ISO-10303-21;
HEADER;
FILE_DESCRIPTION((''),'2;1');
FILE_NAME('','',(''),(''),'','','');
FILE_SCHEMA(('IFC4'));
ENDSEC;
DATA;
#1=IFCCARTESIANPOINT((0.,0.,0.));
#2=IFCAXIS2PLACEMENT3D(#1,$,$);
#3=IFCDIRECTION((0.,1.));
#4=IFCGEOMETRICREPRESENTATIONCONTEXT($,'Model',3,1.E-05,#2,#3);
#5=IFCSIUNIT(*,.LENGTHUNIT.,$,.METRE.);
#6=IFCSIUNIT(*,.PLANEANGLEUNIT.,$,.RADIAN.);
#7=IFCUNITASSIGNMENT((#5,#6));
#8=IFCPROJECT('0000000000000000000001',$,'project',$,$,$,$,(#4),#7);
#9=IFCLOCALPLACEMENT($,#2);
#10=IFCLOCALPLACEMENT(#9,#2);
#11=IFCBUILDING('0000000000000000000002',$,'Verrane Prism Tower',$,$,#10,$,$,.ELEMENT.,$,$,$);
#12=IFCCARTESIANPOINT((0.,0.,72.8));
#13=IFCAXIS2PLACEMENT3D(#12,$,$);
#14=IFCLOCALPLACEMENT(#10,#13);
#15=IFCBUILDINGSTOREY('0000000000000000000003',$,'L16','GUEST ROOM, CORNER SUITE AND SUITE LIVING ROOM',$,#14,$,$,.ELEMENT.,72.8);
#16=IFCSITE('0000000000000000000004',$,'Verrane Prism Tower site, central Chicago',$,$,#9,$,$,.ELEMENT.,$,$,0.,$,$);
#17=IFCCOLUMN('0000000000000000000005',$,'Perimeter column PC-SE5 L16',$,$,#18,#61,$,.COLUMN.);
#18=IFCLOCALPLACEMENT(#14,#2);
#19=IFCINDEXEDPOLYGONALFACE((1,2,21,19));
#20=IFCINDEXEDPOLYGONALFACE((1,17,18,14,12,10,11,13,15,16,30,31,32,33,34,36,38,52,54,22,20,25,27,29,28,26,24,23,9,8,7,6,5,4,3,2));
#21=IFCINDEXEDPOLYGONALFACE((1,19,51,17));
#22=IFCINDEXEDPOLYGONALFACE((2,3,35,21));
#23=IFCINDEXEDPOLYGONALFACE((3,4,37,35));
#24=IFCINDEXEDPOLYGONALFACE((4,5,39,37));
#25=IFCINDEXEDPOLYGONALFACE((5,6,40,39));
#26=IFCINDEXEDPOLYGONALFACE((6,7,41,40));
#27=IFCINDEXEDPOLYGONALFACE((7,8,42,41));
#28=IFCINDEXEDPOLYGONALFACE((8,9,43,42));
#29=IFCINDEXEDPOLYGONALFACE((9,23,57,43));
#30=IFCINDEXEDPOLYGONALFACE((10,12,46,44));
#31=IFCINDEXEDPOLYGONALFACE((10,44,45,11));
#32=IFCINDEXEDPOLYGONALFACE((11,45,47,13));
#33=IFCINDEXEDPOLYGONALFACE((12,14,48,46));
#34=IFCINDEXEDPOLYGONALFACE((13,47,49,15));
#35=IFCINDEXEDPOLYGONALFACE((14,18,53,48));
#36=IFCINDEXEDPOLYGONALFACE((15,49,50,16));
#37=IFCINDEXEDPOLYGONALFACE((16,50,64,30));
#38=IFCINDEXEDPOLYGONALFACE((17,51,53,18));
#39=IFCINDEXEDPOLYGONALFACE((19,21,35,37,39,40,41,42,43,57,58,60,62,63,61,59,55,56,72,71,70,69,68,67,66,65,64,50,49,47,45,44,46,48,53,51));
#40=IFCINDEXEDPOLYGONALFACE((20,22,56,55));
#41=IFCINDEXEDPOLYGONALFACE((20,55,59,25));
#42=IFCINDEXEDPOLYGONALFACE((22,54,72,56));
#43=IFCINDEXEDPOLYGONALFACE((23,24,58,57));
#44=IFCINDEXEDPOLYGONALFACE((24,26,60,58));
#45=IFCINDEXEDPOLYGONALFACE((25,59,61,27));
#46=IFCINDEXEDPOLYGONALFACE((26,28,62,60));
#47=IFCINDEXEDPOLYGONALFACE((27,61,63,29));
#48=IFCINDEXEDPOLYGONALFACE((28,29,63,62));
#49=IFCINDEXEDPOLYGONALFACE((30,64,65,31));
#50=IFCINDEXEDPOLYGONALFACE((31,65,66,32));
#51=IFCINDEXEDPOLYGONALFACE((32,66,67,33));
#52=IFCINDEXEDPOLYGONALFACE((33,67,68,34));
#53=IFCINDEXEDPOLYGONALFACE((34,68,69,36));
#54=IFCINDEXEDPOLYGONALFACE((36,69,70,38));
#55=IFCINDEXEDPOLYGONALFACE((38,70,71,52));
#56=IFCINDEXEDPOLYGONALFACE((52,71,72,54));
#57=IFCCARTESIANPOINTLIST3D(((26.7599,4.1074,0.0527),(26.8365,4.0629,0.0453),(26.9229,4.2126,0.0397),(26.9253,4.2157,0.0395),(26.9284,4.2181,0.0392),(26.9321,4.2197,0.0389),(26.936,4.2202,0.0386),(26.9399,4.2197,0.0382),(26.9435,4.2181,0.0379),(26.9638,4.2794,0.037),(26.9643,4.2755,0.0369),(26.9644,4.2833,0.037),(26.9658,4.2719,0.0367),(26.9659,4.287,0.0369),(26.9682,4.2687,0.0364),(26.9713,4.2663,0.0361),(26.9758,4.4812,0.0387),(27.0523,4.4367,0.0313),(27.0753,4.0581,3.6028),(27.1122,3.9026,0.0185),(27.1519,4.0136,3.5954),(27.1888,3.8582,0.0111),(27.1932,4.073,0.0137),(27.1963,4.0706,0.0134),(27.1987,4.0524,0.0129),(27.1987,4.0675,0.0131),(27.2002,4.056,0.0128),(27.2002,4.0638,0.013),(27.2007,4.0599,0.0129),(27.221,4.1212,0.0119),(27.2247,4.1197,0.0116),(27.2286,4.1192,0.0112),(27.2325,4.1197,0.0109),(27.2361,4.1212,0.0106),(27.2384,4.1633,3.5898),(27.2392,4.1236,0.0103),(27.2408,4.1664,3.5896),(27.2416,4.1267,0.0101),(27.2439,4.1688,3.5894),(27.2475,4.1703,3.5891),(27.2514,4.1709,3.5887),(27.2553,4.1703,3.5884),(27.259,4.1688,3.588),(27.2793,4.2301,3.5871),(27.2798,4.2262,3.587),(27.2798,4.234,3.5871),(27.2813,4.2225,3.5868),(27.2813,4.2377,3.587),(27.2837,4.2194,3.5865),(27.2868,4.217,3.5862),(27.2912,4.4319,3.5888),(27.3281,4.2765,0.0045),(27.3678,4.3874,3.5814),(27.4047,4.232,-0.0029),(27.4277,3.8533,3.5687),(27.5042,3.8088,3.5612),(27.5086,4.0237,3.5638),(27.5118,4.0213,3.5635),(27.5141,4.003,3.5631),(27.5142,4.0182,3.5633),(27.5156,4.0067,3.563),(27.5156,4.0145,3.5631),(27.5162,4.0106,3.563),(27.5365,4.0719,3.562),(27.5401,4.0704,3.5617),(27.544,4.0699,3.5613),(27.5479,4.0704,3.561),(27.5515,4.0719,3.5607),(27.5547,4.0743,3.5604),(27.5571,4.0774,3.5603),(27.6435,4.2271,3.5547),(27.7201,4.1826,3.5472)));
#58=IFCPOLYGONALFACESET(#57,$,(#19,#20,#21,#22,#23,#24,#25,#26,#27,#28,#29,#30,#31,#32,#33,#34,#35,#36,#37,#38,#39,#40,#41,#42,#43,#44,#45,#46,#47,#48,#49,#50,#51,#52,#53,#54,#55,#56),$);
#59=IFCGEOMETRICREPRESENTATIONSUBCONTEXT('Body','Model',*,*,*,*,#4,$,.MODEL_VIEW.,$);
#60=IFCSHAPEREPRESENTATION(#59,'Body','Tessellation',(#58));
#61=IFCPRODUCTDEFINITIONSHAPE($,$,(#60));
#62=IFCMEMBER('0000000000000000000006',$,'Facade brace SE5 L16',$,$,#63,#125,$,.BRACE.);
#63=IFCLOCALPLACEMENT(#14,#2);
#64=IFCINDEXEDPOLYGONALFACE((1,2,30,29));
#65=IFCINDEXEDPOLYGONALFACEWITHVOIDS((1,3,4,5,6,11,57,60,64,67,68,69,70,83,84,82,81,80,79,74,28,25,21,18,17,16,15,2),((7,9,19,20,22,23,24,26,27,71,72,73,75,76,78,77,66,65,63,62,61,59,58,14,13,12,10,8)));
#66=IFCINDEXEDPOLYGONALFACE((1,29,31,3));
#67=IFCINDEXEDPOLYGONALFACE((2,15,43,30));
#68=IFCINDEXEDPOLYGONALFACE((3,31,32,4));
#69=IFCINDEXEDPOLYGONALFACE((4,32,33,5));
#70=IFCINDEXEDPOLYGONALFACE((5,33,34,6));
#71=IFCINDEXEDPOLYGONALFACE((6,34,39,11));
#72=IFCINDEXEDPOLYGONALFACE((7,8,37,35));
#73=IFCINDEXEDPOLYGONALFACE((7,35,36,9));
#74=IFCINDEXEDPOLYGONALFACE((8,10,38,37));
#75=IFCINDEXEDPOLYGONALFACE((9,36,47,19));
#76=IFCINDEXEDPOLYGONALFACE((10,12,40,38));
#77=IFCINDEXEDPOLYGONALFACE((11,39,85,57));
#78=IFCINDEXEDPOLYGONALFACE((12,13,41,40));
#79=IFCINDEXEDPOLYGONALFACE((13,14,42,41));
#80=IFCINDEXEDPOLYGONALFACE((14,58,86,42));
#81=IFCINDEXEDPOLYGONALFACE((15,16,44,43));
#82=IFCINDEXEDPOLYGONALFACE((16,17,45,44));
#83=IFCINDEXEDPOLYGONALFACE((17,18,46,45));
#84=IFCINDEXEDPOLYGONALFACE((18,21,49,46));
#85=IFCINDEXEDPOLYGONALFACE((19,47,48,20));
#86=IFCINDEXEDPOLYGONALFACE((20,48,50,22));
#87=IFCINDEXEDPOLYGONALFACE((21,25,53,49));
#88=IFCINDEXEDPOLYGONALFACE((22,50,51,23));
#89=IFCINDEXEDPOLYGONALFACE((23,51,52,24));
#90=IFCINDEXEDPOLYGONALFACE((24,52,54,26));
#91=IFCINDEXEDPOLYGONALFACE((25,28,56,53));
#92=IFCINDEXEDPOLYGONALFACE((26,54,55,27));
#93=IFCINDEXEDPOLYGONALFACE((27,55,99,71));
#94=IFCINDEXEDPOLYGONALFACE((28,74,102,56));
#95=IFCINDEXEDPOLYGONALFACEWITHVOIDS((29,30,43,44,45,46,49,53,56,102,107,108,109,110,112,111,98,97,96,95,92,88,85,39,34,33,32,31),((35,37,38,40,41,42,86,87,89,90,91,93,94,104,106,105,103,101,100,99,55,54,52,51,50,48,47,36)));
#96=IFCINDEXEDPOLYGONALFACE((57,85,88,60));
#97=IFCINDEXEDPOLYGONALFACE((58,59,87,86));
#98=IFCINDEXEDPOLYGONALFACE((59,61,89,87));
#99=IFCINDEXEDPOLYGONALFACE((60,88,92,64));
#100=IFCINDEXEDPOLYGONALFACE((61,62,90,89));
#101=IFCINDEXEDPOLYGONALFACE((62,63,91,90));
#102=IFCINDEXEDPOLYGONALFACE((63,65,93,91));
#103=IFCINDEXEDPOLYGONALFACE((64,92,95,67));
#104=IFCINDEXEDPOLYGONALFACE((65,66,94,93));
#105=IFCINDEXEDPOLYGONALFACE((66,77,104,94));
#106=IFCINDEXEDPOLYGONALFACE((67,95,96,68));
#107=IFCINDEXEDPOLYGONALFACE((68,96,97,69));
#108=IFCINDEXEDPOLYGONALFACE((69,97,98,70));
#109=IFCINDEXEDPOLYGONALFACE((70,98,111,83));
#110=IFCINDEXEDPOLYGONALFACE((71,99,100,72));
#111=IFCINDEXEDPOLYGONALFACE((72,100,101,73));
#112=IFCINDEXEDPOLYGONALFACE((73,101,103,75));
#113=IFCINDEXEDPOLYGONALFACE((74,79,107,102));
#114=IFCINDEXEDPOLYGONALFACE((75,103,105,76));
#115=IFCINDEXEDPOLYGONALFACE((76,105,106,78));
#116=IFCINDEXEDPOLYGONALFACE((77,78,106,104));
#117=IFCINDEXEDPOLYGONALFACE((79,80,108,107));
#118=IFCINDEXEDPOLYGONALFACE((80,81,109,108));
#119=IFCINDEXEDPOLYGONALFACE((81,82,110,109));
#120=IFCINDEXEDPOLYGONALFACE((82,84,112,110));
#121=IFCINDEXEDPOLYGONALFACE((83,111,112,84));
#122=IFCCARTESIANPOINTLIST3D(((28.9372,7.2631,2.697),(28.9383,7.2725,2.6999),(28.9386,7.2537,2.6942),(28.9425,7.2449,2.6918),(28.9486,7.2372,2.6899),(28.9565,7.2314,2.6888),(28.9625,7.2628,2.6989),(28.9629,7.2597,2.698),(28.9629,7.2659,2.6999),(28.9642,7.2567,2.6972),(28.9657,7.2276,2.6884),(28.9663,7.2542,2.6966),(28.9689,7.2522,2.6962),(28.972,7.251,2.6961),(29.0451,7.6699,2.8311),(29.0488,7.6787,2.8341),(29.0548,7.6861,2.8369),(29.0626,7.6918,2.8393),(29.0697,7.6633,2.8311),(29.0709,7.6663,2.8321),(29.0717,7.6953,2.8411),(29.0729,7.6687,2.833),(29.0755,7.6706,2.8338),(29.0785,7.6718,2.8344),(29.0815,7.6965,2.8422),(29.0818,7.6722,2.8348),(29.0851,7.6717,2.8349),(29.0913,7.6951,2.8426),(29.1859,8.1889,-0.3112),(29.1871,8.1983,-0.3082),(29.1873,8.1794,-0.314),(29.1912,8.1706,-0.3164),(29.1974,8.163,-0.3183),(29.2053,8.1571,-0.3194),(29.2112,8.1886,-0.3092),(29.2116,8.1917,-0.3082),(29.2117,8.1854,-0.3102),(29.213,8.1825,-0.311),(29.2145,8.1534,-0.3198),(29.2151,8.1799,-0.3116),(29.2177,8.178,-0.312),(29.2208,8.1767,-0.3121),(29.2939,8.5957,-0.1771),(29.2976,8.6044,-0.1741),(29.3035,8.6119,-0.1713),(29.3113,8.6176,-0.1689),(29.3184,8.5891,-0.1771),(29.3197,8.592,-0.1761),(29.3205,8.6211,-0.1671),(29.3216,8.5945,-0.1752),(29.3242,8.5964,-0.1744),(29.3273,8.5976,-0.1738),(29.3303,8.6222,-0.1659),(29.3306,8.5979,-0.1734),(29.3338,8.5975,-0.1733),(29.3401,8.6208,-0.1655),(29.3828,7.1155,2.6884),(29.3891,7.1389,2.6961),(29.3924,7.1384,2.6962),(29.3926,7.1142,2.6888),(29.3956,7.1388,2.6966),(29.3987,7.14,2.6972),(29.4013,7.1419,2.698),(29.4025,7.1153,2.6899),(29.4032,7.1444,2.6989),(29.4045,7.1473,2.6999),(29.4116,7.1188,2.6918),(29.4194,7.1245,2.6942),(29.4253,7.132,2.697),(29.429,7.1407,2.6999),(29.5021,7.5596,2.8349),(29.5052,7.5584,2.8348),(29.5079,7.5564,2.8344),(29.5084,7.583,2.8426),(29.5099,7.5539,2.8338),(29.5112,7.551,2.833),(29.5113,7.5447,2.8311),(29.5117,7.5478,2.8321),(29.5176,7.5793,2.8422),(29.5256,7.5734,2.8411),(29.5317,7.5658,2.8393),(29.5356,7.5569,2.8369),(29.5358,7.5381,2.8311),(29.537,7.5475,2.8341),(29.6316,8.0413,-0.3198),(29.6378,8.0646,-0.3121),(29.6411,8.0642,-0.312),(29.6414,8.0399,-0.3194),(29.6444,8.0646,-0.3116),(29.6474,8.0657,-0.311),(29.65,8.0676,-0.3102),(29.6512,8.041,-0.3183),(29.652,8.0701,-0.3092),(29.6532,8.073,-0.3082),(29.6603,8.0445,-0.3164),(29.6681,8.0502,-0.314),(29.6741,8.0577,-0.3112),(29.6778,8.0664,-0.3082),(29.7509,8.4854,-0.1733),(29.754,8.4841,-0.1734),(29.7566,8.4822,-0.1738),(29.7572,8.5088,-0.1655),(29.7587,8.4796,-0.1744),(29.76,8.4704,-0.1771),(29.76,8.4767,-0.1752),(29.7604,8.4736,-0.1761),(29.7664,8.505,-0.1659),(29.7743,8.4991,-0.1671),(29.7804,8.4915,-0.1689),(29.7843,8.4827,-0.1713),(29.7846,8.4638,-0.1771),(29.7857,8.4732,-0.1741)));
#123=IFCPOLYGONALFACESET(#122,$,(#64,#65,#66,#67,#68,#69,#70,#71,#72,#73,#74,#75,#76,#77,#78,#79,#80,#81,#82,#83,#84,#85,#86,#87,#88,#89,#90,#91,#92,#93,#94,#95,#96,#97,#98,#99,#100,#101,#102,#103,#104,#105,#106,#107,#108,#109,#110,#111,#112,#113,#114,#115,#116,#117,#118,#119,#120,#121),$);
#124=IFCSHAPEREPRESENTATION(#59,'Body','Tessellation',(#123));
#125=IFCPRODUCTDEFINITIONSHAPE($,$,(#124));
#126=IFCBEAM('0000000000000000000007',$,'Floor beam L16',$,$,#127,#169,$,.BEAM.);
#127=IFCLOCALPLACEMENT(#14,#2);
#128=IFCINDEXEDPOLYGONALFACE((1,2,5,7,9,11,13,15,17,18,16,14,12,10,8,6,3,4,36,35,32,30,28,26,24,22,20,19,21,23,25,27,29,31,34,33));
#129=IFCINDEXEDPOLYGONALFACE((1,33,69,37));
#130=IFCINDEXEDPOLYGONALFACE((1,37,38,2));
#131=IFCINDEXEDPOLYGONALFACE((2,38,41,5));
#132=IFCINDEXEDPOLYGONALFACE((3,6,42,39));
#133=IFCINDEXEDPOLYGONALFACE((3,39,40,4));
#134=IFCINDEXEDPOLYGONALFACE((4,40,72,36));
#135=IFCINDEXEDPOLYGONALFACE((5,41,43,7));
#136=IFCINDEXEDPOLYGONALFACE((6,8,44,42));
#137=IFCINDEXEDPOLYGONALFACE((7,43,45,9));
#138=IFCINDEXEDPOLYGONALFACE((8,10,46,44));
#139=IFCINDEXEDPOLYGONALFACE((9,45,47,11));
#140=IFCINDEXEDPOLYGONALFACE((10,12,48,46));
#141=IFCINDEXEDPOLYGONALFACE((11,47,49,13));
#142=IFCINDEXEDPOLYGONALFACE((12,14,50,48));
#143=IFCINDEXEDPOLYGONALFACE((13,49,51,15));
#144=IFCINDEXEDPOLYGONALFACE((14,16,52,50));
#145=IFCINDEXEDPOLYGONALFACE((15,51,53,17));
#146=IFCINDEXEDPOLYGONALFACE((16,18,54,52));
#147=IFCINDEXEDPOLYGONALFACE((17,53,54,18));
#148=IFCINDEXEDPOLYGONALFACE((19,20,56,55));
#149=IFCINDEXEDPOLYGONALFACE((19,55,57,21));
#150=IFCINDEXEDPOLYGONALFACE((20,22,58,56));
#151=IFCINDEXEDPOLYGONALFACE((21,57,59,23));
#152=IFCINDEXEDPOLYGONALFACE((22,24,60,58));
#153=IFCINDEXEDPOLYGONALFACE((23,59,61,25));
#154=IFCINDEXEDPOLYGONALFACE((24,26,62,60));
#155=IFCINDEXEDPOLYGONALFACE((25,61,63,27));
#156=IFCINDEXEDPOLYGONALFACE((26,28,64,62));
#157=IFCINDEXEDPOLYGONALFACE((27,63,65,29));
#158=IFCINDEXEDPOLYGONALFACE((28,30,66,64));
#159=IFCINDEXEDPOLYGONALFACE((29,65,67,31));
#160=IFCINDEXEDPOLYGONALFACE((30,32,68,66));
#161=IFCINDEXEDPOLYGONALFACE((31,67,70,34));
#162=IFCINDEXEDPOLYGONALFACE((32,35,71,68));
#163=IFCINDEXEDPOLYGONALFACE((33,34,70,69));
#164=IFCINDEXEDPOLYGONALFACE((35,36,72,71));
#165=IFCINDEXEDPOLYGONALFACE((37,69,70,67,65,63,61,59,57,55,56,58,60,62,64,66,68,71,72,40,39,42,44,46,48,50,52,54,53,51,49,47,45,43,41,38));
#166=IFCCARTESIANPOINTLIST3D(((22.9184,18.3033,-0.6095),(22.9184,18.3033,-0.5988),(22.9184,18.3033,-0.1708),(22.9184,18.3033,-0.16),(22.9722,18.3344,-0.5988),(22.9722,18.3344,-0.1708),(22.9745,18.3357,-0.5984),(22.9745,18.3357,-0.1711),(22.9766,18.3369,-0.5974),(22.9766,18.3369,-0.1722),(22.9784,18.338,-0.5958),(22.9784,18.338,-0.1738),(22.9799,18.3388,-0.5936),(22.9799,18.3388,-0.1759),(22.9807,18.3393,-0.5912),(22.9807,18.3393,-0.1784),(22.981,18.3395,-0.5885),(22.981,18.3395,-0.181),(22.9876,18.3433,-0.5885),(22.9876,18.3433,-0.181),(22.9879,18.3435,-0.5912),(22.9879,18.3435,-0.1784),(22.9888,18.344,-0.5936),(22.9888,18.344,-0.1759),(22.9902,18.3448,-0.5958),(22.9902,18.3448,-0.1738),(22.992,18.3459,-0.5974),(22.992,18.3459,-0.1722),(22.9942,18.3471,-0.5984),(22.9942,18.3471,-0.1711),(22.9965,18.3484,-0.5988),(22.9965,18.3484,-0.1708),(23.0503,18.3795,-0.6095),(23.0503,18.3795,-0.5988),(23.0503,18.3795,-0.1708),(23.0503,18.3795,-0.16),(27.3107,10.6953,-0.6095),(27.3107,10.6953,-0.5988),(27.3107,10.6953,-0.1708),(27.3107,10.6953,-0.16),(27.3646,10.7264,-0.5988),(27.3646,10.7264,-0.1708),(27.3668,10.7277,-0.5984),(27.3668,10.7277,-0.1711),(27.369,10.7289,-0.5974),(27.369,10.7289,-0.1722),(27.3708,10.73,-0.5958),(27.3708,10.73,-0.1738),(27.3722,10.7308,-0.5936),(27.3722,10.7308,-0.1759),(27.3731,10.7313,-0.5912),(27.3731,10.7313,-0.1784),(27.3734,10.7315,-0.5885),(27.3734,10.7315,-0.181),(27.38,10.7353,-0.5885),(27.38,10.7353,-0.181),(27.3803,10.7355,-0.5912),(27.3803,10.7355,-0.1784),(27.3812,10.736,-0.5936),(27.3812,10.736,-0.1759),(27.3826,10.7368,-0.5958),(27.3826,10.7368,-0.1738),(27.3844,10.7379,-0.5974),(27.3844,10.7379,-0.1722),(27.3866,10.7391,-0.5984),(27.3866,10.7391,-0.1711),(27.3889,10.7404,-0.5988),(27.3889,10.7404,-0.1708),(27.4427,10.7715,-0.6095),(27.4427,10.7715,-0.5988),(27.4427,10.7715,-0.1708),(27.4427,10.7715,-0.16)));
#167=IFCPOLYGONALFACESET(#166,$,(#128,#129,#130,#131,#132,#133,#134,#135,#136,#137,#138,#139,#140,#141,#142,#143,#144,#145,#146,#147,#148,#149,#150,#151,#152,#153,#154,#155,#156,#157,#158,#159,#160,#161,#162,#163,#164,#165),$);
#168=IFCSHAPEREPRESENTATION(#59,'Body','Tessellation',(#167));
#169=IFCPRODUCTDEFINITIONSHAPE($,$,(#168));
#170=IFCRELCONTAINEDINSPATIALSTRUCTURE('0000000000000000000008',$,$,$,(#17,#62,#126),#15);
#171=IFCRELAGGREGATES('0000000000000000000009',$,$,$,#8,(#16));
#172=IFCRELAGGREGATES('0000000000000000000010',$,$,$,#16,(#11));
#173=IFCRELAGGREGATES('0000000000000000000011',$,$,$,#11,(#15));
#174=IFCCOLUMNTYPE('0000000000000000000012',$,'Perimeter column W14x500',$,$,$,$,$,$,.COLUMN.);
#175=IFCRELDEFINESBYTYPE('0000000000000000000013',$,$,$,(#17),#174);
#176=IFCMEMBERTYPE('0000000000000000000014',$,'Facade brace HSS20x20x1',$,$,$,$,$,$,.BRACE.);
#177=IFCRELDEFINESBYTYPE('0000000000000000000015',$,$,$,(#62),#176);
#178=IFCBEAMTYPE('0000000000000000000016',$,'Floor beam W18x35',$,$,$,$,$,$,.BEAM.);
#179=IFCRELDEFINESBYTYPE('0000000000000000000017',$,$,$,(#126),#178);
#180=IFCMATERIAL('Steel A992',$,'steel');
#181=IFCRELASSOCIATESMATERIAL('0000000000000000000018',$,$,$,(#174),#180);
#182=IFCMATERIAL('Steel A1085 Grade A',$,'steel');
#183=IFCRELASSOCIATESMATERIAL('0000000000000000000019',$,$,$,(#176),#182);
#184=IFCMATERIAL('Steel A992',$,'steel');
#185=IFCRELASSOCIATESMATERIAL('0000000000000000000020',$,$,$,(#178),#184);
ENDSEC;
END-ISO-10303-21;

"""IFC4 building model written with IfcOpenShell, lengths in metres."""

from ifc_helpers import new_model, si_unit, direction, frame, origin, origin_2d, place, context, subcontext, project, spatial, hollow_rectangle, i_section, extrude, material, material_profile, profile_set, type_object, element, save


model = new_model("IFC4")

# Units and contexts
model_context = context("Model", 3, precision=1e-05, world=origin(), true_north=direction((0.0, 1.0)))
body_context = subcontext(model_context, "Body", "Model", "MODEL_VIEW")
ifc_project = project(units=[si_unit("LENGTHUNIT", "METRE"), si_unit("PLANEANGLEUNIT", "RADIAN")], contexts=[model_context])

# Site, building, storey
site_placement = place(None, origin())
site = spatial("IfcSite", under=ifc_project, at=site_placement, Name="Verrane Prism Tower site, central Chicago", CompositionType="ELEMENT", RefElevation=0.0)
building_placement = place(site_placement, origin())
building = spatial("IfcBuilding", under=site, at=building_placement, Name="Verrane Prism Tower", CompositionType="ELEMENT")
storey_placement = place(building_placement, frame((0.0, 0.0, 72.8)))
storey = spatial("IfcBuildingStorey", under=building, at=storey_placement, Name="L16", Description="GUEST ROOM, CORNER SUITE AND SUITE LIVING ROOM", CompositionType="ELEMENT", Elevation=72.8)

# Column
ifc_material_1 = material(Name="Steel A992", Category="steel")
ifc_material_profile_1 = material_profile(ifc_material_1, i_section(OverallWidth=0.4319, OverallDepth=0.4978, WebThickness=0.0557, FlangeThickness=0.0889, FilletRadius=0.0151, at=origin_2d()), Name="W14x500")
ifc_profile_set_1 = profile_set([ifc_material_profile_1], Name="Steel A992")
column_type = type_object("IfcColumnType", Name="Perimeter column W14x500", PredefinedType="COLUMN", material=ifc_profile_set_1)
column_placement = place(storey_placement, frame((27.0823, 4.1697, 0.0249), z_axis=(0.088495, -0.013836, 0.995981), x_axis=(-0.499821, -0.865523, 0.032387)))
element("IfcColumn", 1, at=column_placement, inside=storey, type_object=column_type, Name="Perimeter column PC-SE5 L16", PredefinedType="COLUMN", context=body_context, shape_type="SweptSolid", body=[
    extrude(i_section(OverallWidth=0.4319, OverallDepth=0.4978, WebThickness=0.0557, FlangeThickness=0.0889, FilletRadius=0.0151, at=origin_2d()), origin(), (0.0, 0.0, 1.0), 3.5645),
])

# Member
ifc_material_2 = material(Name="Steel A1085 Grade A", Category="steel")
ifc_material_profile_2 = material_profile(ifc_material_2, hollow_rectangle(XDim=0.5081, YDim=0.5081, WallThickness=0.0254, InnerFilletRadius=0.0127, OuterFilletRadius=0.0381, at=origin_2d()), Name="HSS20x20x1")
ifc_profile_set_2 = profile_set([ifc_material_profile_2], Name="Steel A1085 Grade A")
member_type_1 = type_object("IfcMemberType", Name="Facade brace HSS20x20x1", PredefinedType="BRACE", material=ifc_profile_set_2)
member_1_placement = place(storey_placement, frame((29.4858, 8.3311, -0.2427), z_axis=(-0.078794, -0.293215, 0.952794), x_axis=(0.965739, -0.259517, 0.0)))
element("IfcMember", 2, at=member_1_placement, inside=storey, type_object=member_type_1, Name="Facade brace SE5 L16", PredefinedType="BRACE", context=body_context, shape_type="SweptSolid", body=[
    extrude(hollow_rectangle(XDim=0.5081, YDim=0.5081, WallThickness=0.0254, InnerFilletRadius=0.0127, OuterFilletRadius=0.0381, at=origin_2d()), origin(), (0.0, 0.0, 1.0), 3.1572),
])

# Beam
ifc_material_3 = material(Name="Steel A992", Category="steel")
ifc_material_profile_3 = material_profile(ifc_material_3, i_section(OverallWidth=0.1523, OverallDepth=0.4495, WebThickness=0.0076, FlangeThickness=0.0107, FilletRadius=0.0103, at=origin_2d()), Name="W18x35")
ifc_profile_set_3 = profile_set([ifc_material_profile_3], Name="Steel A992")
beam_type_1 = type_object("IfcBeamType", Name="Floor beam W18x35", PredefinedType="BEAM", material=ifc_profile_set_3)
beam_1_placement = place(storey_placement, frame((27.3767, 10.7334, -0.3848), z_axis=(-0.499992, 0.86603, 0.0), x_axis=(-0.86603, -0.499992, 0.0)))
element("IfcBeam", 3, at=beam_1_placement, inside=storey, type_object=beam_type_1, Name="Floor beam L16", PredefinedType="BEAM", context=body_context, shape_type="SweptSolid", body=[
    extrude(i_section(OverallWidth=0.1523, OverallDepth=0.4495, WebThickness=0.0076, FlangeThickness=0.0107, FilletRadius=0.0103, at=origin_2d()), origin(), (0.0, 0.0, 1.0), 8.7849),
])

save(model, "model.ifc")
